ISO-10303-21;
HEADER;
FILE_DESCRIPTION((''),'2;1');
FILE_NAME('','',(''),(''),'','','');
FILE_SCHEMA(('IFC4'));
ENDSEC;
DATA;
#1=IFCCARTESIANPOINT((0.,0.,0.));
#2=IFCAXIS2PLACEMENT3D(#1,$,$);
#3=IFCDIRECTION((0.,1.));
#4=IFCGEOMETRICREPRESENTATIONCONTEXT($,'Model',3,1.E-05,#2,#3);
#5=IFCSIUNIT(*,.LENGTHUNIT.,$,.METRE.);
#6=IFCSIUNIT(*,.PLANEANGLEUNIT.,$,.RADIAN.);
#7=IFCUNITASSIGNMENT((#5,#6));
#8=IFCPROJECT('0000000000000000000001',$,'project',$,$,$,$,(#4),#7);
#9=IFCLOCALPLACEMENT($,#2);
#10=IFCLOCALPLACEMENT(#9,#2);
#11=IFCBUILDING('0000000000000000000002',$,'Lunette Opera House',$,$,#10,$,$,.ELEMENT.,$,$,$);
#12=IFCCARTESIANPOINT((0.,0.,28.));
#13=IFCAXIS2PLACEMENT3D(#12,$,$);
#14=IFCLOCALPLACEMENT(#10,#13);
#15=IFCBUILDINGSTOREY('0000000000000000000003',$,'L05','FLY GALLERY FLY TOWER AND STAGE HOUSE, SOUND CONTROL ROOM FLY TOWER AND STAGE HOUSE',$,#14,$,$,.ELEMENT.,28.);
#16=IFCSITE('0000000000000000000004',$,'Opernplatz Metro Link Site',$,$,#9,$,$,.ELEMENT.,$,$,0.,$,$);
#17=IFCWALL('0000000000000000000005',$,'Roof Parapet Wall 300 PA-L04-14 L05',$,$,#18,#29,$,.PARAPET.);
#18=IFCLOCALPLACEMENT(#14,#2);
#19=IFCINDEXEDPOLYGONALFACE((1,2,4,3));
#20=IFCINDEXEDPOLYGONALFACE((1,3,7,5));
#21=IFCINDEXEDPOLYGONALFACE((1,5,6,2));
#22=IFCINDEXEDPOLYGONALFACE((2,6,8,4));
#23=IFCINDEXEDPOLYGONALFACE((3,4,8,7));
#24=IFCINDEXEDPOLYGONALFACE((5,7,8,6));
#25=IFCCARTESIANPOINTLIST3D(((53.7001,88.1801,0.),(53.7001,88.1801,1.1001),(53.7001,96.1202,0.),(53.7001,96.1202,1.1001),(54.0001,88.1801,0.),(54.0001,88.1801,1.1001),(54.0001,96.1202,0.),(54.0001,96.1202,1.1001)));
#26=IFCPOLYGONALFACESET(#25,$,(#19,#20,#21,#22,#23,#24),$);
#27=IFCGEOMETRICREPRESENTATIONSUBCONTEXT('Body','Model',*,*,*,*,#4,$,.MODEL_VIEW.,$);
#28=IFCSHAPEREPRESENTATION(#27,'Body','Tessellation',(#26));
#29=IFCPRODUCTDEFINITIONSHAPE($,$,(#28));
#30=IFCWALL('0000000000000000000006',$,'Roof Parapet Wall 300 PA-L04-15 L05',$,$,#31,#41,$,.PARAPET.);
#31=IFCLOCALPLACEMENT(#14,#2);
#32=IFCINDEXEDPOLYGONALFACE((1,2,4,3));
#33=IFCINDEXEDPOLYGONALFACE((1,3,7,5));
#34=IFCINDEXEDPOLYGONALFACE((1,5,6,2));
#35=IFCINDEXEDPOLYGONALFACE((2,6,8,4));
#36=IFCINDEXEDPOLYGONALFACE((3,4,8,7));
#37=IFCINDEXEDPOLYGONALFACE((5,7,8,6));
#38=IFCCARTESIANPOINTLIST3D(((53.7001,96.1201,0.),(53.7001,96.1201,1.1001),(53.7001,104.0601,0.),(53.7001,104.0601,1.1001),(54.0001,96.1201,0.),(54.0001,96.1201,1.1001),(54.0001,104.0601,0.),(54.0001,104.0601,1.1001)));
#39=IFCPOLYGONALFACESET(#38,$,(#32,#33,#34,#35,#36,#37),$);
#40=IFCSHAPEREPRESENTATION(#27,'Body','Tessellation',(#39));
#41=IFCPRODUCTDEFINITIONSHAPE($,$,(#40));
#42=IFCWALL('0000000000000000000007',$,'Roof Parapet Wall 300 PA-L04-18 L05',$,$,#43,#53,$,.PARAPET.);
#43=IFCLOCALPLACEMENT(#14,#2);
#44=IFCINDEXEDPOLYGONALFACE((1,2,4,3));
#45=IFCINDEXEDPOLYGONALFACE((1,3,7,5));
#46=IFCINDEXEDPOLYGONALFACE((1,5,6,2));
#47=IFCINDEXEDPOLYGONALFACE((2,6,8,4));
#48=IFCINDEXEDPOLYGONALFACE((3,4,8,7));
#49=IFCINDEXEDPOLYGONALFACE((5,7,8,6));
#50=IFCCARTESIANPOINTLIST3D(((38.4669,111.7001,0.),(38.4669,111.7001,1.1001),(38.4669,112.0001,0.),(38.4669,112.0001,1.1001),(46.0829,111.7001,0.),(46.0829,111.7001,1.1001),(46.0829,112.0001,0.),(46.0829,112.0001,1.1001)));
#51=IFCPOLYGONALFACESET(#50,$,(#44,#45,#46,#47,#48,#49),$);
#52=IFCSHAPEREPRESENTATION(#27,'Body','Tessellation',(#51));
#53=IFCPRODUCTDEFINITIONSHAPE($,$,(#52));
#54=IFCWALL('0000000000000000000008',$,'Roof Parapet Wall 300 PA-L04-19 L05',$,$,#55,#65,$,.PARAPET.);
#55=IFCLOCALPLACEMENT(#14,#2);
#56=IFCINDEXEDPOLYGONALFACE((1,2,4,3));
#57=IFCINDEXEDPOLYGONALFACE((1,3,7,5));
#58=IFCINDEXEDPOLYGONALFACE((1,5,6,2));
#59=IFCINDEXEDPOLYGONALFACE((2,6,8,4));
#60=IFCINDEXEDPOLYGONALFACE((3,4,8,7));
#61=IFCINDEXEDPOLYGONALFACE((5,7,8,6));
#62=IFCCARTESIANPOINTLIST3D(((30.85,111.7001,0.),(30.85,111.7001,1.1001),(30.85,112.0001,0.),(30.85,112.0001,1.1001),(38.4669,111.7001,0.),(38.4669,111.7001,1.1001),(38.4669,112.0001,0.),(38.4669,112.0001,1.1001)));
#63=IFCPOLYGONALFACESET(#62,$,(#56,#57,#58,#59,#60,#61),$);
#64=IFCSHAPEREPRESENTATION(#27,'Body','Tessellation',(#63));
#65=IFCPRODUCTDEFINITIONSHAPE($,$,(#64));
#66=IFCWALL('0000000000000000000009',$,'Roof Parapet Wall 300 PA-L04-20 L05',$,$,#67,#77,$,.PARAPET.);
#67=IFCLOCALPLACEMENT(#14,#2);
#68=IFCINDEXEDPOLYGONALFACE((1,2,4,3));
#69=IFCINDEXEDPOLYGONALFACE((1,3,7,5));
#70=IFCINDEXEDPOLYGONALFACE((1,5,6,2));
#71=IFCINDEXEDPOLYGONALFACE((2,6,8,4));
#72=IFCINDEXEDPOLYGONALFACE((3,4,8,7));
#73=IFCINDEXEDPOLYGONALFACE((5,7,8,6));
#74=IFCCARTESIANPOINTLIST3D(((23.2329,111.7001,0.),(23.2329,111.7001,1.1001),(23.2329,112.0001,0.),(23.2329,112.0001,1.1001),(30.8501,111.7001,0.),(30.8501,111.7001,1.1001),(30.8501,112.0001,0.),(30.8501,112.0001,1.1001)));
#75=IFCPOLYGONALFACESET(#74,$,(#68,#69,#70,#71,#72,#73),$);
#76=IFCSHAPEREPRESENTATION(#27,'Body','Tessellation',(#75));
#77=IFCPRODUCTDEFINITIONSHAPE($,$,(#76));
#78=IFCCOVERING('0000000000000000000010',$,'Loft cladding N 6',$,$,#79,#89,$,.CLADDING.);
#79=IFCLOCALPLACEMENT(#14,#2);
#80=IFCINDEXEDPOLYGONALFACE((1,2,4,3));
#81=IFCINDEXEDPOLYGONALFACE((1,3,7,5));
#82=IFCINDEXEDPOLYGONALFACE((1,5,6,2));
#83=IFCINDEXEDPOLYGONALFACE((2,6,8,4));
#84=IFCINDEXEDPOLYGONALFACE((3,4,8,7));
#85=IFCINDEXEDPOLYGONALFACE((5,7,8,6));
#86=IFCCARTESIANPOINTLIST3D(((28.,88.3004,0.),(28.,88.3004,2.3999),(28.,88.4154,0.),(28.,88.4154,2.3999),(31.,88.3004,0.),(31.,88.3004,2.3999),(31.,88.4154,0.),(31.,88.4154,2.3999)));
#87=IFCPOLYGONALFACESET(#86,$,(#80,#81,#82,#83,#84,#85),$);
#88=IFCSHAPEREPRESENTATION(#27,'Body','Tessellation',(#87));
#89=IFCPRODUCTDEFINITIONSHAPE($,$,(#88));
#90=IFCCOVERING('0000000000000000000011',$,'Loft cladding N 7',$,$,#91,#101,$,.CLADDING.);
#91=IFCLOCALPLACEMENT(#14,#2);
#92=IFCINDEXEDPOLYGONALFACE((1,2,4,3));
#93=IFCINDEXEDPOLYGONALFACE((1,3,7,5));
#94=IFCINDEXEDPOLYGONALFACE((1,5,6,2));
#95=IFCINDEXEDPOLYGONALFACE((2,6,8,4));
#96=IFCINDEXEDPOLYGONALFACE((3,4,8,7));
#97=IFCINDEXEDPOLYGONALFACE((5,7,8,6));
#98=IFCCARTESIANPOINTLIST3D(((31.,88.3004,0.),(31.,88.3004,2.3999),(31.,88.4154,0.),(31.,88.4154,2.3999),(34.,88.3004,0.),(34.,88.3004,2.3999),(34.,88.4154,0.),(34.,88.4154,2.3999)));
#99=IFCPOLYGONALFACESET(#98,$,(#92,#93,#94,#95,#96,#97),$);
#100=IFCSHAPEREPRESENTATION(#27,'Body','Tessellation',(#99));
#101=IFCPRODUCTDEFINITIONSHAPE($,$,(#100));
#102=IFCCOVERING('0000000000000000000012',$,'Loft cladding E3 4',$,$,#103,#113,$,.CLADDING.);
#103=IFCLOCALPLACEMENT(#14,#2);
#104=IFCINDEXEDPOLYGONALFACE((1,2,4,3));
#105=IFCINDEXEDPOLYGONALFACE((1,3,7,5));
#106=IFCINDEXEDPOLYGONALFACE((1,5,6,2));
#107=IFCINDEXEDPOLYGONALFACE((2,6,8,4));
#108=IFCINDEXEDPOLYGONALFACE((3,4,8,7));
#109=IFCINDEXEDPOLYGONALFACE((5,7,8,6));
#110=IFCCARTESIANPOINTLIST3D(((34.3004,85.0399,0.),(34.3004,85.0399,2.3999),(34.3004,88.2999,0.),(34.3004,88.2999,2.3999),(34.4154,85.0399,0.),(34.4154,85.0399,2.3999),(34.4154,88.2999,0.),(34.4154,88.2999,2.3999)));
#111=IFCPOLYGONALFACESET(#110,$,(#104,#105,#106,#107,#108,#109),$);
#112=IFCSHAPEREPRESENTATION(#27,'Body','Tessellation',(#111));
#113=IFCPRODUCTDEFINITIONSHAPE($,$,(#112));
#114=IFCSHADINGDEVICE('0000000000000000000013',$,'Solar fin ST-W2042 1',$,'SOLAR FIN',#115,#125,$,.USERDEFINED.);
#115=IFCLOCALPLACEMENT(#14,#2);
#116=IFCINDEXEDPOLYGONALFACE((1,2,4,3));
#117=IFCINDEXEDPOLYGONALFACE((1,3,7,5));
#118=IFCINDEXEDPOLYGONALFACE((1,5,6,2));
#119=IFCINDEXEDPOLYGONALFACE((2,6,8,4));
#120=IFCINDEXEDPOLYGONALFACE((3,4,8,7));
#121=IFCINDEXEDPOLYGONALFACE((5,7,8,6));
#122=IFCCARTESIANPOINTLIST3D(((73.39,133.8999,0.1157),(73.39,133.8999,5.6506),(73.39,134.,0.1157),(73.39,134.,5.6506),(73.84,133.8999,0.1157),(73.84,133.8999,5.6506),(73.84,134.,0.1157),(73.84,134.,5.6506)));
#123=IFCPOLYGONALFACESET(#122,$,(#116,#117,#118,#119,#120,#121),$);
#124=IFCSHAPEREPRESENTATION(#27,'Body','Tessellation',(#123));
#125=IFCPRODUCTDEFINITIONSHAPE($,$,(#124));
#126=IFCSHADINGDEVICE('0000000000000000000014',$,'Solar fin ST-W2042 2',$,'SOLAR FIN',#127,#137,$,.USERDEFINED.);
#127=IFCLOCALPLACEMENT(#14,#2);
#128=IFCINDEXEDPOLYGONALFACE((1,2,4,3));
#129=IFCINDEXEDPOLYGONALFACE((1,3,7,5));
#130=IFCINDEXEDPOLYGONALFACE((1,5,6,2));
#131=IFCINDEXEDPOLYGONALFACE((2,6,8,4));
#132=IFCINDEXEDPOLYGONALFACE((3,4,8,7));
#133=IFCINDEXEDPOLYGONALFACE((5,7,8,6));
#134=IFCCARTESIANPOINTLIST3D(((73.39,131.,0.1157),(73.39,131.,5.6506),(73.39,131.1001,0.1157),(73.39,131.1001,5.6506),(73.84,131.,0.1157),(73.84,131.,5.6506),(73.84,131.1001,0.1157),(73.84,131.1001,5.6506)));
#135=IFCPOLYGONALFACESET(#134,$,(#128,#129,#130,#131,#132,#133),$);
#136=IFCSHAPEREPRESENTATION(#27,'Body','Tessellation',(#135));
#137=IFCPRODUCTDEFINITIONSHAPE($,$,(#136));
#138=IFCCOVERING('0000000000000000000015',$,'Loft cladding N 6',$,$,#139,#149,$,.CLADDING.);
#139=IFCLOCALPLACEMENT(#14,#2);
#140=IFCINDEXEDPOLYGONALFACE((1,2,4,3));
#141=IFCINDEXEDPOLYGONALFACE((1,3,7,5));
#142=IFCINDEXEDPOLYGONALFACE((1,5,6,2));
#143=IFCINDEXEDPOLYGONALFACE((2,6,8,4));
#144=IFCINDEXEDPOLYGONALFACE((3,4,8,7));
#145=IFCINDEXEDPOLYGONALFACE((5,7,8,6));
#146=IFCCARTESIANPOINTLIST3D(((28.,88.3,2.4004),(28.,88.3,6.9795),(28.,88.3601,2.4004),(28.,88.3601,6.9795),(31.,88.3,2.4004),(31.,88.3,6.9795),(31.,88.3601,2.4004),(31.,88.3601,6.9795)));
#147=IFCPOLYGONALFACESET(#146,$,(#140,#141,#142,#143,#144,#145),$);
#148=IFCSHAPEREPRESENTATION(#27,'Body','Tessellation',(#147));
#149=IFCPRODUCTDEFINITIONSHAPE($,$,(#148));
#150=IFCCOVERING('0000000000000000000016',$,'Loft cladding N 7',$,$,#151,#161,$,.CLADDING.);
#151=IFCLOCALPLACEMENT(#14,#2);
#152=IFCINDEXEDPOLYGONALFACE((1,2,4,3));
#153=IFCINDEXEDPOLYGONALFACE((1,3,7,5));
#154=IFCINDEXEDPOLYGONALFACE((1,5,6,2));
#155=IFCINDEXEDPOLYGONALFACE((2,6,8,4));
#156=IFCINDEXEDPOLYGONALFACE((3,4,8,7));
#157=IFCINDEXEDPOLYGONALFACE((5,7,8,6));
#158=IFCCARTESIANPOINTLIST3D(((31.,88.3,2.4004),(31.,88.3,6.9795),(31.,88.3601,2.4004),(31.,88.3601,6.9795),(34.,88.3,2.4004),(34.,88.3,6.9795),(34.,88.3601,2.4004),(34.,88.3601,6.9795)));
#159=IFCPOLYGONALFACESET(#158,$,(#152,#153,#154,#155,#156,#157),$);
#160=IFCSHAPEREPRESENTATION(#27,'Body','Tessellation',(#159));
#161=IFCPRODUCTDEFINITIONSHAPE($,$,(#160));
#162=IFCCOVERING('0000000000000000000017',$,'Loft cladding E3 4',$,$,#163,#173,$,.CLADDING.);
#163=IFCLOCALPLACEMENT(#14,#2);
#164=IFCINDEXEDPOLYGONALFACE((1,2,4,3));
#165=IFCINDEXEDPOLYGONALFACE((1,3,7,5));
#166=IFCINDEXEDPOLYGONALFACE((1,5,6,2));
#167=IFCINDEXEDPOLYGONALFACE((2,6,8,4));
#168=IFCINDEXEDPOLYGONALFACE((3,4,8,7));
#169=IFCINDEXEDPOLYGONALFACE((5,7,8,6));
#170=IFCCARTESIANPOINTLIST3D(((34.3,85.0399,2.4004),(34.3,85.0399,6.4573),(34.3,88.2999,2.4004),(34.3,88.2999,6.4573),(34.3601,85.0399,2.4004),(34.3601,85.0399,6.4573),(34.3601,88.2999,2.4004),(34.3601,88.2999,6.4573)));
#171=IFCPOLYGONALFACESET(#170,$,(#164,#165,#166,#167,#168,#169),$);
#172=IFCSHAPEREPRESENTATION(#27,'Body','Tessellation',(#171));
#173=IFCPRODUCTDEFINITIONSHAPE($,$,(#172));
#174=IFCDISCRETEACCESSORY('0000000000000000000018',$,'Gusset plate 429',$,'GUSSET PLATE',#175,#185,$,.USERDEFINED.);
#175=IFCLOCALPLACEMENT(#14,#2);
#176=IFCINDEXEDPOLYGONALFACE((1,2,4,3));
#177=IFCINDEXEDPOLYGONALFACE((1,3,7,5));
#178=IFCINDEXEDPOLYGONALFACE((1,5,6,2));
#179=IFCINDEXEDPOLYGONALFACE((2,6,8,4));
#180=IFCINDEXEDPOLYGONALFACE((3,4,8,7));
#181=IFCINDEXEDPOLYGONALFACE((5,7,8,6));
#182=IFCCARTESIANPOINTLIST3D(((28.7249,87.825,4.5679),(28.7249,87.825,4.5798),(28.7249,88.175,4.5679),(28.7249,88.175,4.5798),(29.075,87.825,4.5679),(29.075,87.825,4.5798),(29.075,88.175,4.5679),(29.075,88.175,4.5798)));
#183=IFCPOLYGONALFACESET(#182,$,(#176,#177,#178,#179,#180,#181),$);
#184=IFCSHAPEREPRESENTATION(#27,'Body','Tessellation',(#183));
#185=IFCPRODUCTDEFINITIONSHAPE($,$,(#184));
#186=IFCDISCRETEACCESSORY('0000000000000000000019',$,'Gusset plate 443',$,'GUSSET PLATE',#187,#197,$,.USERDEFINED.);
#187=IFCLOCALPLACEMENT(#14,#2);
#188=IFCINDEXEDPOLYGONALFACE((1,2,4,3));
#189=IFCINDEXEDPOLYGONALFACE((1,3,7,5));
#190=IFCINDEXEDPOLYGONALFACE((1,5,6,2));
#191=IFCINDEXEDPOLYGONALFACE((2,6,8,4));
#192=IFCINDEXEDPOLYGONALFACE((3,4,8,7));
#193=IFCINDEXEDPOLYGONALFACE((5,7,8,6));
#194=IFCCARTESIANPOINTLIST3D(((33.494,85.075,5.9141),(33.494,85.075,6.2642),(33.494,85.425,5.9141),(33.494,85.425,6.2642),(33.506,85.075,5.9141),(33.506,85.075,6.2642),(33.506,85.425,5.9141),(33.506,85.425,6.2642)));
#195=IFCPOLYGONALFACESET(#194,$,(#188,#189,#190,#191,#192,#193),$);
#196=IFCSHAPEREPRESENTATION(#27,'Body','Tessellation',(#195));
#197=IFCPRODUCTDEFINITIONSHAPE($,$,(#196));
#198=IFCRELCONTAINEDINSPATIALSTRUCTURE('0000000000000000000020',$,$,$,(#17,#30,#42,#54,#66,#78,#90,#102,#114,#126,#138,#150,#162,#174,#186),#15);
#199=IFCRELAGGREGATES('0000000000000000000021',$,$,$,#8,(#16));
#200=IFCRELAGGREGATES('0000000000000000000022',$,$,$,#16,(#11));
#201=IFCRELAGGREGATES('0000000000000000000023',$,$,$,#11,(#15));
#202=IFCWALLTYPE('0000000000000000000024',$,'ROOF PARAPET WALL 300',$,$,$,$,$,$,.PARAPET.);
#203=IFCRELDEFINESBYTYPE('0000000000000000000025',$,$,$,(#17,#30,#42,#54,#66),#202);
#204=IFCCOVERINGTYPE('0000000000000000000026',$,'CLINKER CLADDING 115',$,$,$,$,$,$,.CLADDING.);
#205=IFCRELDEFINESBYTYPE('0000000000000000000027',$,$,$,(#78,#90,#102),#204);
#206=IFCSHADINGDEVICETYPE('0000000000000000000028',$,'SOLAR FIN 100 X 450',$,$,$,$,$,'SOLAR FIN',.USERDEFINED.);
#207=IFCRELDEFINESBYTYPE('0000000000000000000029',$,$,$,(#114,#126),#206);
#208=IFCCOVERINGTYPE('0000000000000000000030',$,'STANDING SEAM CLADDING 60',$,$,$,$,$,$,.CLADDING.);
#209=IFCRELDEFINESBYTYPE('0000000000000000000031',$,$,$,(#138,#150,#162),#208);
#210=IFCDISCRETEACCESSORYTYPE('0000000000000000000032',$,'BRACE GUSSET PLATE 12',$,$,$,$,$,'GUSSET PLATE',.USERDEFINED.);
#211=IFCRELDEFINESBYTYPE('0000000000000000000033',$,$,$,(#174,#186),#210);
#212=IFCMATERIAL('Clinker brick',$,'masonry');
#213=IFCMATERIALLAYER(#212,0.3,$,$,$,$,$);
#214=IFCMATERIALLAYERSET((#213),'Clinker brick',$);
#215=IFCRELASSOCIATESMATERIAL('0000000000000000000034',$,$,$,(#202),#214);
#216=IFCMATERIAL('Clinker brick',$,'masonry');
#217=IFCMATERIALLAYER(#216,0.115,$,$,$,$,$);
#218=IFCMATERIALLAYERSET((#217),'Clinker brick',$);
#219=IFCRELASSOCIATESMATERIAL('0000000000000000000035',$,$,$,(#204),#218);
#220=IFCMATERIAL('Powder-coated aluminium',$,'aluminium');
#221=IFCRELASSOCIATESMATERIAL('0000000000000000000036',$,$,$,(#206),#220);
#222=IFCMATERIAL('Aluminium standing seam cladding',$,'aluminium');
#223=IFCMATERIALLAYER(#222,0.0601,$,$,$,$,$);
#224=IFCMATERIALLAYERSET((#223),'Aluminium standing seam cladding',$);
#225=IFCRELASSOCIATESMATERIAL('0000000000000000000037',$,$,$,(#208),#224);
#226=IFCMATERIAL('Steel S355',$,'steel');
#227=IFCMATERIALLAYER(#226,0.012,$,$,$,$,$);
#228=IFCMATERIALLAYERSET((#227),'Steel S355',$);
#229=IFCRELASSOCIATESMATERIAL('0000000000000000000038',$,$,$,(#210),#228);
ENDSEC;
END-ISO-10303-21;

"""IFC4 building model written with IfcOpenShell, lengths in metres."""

from ifc_helpers import new_model, si_unit, direction, frame, frame_2d, origin, origin_2d, place, context, subcontext, project, spatial, rectangle, extrude, material, layer, layer_set, type_object, element, save


model = new_model("IFC4")

# Units and contexts
model_context = context("Model", 3, precision=1e-05, world=origin(), true_north=direction((0.0, 1.0)))
body_context = subcontext(model_context, "Body", "Model", "MODEL_VIEW")
ifc_project = project(units=[si_unit("LENGTHUNIT", "METRE"), si_unit("PLANEANGLEUNIT", "RADIAN")], contexts=[model_context])

# Site, building, storey
site_placement = place(None, origin())
site = spatial("IfcSite", under=ifc_project, at=site_placement, Name="Opernplatz Metro Link Site", CompositionType="ELEMENT", RefElevation=0.0)
building_placement = place(site_placement, origin())
building = spatial("IfcBuilding", under=site, at=building_placement, Name="Lunette Opera House", CompositionType="ELEMENT")
storey_placement = place(building_placement, frame((0.0, 0.0, 28.0)))
storey = spatial("IfcBuildingStorey", under=building, at=storey_placement, Name="L05", Description="FLY GALLERY FLY TOWER AND STAGE HOUSE, SOUND CONTROL ROOM FLY TOWER AND STAGE HOUSE", CompositionType="ELEMENT", Elevation=28.0)

# Walls
ifc_material_1 = material(Name="Clinker brick", Category="masonry")
ifc_layer_1 = layer(ifc_material_1, 0.3)
ifc_layer_set_1 = layer_set([ifc_layer_1], Name="Clinker brick")
wall_type = type_object("IfcWallType", Name="ROOF PARAPET WALL 300", PredefinedType="PARAPET", material=ifc_layer_set_1)
wall_1_placement = place(storey_placement, frame((53.8501, 88.1799, 0.0), z_axis=(0.0, 0.0, 1.0), x_axis=(0.0, 1.0, 0.0)))
element("IfcWall", 1, at=wall_1_placement, inside=storey, type_object=wall_type, Name="Roof Parapet Wall 300 PA-L04-14 L05", PredefinedType="PARAPET", context=body_context, shape_type="SweptSolid", body=[
    extrude(rectangle(XDim=7.9402, YDim=0.3, at=frame_2d((3.9702, 0.0))), origin(), (0.0, 0.0, 1.0), 1.1001),
])
wall_2_placement = place(storey_placement, frame((53.8501, 96.1201, 0.0), z_axis=(0.0, 0.0, 1.0), x_axis=(0.0, 1.0, 0.0)))
element("IfcWall", 2, at=wall_2_placement, inside=storey, type_object=wall_type, Name="Roof Parapet Wall 300 PA-L04-15 L05", PredefinedType="PARAPET", context=body_context, shape_type="SweptSolid", body=[
    extrude(rectangle(XDim=7.9399, YDim=0.3, at=frame_2d((3.97, 0.0))), origin(), (0.0, 0.0, 1.0), 1.1001),
])
wall_3_placement = place(storey_placement, frame((46.083, 111.8501, 0.0), z_axis=(0.0, 0.0, 1.0), x_axis=(-1.0, 0.0, 0.0)))
element("IfcWall", 3, at=wall_3_placement, inside=storey, type_object=wall_type, Name="Roof Parapet Wall 300 PA-L04-18 L05", PredefinedType="PARAPET", context=body_context, shape_type="SweptSolid", body=[
    extrude(rectangle(XDim=7.616, YDim=0.3, at=frame_2d((3.8081, 0.0))), origin(), (0.0, 0.0, 1.0), 1.1001),
])
wall_4_placement = place(storey_placement, frame((38.467, 111.8501, 0.0), z_axis=(0.0, 0.0, 1.0), x_axis=(-1.0, 0.0, 0.0)))
element("IfcWall", 4, at=wall_4_placement, inside=storey, type_object=wall_type, Name="Roof Parapet Wall 300 PA-L04-19 L05", PredefinedType="PARAPET", context=body_context, shape_type="SweptSolid", body=[
    extrude(rectangle(XDim=7.6169, YDim=0.3, at=frame_2d((3.8086, 0.0))), origin(), (0.0, 0.0, 1.0), 1.1001),
])
wall_5_placement = place(storey_placement, frame((30.8501, 111.8501, 0.0), z_axis=(0.0, 0.0, 1.0), x_axis=(-1.0, 0.0, 0.0)))
element("IfcWall", 5, at=wall_5_placement, inside=storey, type_object=wall_type, Name="Roof Parapet Wall 300 PA-L04-20 L05", PredefinedType="PARAPET", context=body_context, shape_type="SweptSolid", body=[
    extrude(rectangle(XDim=7.6172, YDim=0.3, at=frame_2d((3.8086, 0.0))), origin(), (0.0, 0.0, 1.0), 1.1001),
])

# Coverings
ifc_material_2 = material(Name="Clinker brick", Category="masonry")
ifc_layer_2 = layer(ifc_material_2, 0.115)
ifc_layer_set_2 = layer_set([ifc_layer_2], Name="Clinker brick")
covering_type_1 = type_object("IfcCoveringType", Name="CLINKER CLADDING 115", PredefinedType="CLADDING", material=ifc_layer_set_2)
for number, where, z_axis, x_axis, name in (
    (6, (29.5, 88.3579, 0.0), (0.0, 0.0, 1.0), (1.0, 0.0, 0.0), "Loft cladding N 6"),
    (7, (32.5, 88.3579, 0.0), (0.0, 0.0, 1.0), (1.0, 0.0, 0.0), "Loft cladding N 7"),
):
    element("IfcCovering", number, at=place(storey_placement, frame(where, z_axis=z_axis, x_axis=x_axis)), inside=storey, type_object=covering_type_1, Name=name, PredefinedType="CLADDING", context=body_context, shape_type="SweptSolid", body=[
        extrude(rectangle(XDim=3.0, YDim=0.115, at=origin_2d()), origin(), (0.0, 0.0, 1.0), 2.3999),
    ])
covering_1_placement = place(storey_placement, frame((34.3579, 86.6699, 0.0), z_axis=(0.0, 0.0, 1.0), x_axis=(0.0, 1.0, 0.0)))
element("IfcCovering", 8, at=covering_1_placement, inside=storey, type_object=covering_type_1, Name="Loft cladding E3 4", PredefinedType="CLADDING", context=body_context, shape_type="SweptSolid", body=[
    extrude(rectangle(XDim=3.26, YDim=0.115, at=origin_2d()), origin(), (0.0, 0.0, 1.0), 2.3999),
])

# Shading devices
ifc_material_3 = material(Name="Powder-coated aluminium", Category="aluminium")
shading_device_type = type_object("IfcShadingDeviceType", Name="SOLAR FIN 100 X 450", ElementType="SOLAR FIN", PredefinedType="USERDEFINED", material=ifc_material_3)
for number, where, z_axis, x_axis, name in (
    (9, (73.615, 133.95, 0.1157), (0.0, 0.0, 1.0), (-1.0, 0.0, 0.0), "Solar fin ST-W2042 1"),
    (10, (73.615, 131.05, 0.1157), (0.0, 0.0, 1.0), (-1.0, 0.0, 0.0), "Solar fin ST-W2042 2"),
):
    element("IfcShadingDevice", number, at=place(storey_placement, frame(where, z_axis=z_axis, x_axis=x_axis)), inside=storey, type_object=shading_device_type, Name=name, ObjectType="SOLAR FIN", PredefinedType="USERDEFINED", context=body_context, shape_type="SweptSolid", body=[
        extrude(rectangle(XDim=0.45, YDim=0.1001, at=origin_2d()), origin(), (0.0, 0.0, 1.0), 5.5349),
    ])

# Coverings
ifc_material_4 = material(Name="Aluminium standing seam cladding", Category="aluminium")
ifc_layer_3 = layer(ifc_material_4, 0.0601)
ifc_layer_set_3 = layer_set([ifc_layer_3], Name="Aluminium standing seam cladding")
covering_type_2 = type_object("IfcCoveringType", Name="STANDING SEAM CLADDING 60", PredefinedType="CLADDING", material=ifc_layer_set_3)
for number, where, z_axis, x_axis, name in (
    (11, (29.5, 88.3301, 2.4004), (0.0, 0.0, 1.0), (1.0, 0.0, 0.0), "Loft cladding N 6"),
    (12, (32.5, 88.3301, 2.4004), (0.0, 0.0, 1.0), (1.0, 0.0, 0.0), "Loft cladding N 7"),
):
    element("IfcCovering", number, at=place(storey_placement, frame(where, z_axis=z_axis, x_axis=x_axis)), inside=storey, type_object=covering_type_2, Name=name, PredefinedType="CLADDING", context=body_context, shape_type="SweptSolid", body=[
        extrude(rectangle(XDim=3.0, YDim=0.0601, at=origin_2d()), origin(), (0.0, 0.0, 1.0), 4.5791),
    ])
covering_2_placement = place(storey_placement, frame((34.3301, 86.6699, 2.4004), z_axis=(0.0, 0.0, 1.0), x_axis=(0.0, 1.0, 0.0)))
element("IfcCovering", 13, at=covering_2_placement, inside=storey, type_object=covering_type_2, Name="Loft cladding E3 4", PredefinedType="CLADDING", context=body_context, shape_type="SweptSolid", body=[
    extrude(rectangle(XDim=3.26, YDim=0.0601, at=origin_2d()), origin(), (0.0, 0.0, 1.0), 4.0569),
])

# Discrete accessories
ifc_material_5 = material(Name="Steel S355", Category="steel")
ifc_layer_4 = layer(ifc_material_5, 0.012)
ifc_layer_set_4 = layer_set([ifc_layer_4], Name="Steel S355")
discrete_accessory_type_1 = type_object("IfcDiscreteAccessoryType", Name="BRACE GUSSET PLATE 12", ElementType="GUSSET PLATE", PredefinedType="USERDEFINED", material=ifc_layer_set_4)
discrete_accessory_1_placement = place(storey_placement, frame((28.8999, 88.0, 4.5679), z_axis=(0.0, 0.0, 1.0), x_axis=(0.0, 1.0, 0.0)))
element("IfcDiscreteAccessory", 14, at=discrete_accessory_1_placement, inside=storey, type_object=discrete_accessory_type_1, Name="Gusset plate 429", ObjectType="GUSSET PLATE", PredefinedType="USERDEFINED", context=body_context, shape_type="SweptSolid", body=[
    extrude(rectangle(XDim=0.3501, YDim=0.3501, at=origin_2d()), origin(), (0.0, 0.0, 1.0), 0.012),
])
discrete_accessory_2_placement = place(storey_placement, frame((33.5, 85.25, 5.9141), z_axis=(0.0, 0.0, 1.0), x_axis=(0.0, 1.0, 0.0)))
element("IfcDiscreteAccessory", 15, at=discrete_accessory_2_placement, inside=storey, type_object=discrete_accessory_type_1, Name="Gusset plate 443", ObjectType="GUSSET PLATE", PredefinedType="USERDEFINED", context=body_context, shape_type="SweptSolid", body=[
    extrude(rectangle(XDim=0.3501, YDim=0.012, at=origin_2d()), origin(), (0.0, 0.0, 1.0), 0.3501),
])

save(model, "model.ifc")
